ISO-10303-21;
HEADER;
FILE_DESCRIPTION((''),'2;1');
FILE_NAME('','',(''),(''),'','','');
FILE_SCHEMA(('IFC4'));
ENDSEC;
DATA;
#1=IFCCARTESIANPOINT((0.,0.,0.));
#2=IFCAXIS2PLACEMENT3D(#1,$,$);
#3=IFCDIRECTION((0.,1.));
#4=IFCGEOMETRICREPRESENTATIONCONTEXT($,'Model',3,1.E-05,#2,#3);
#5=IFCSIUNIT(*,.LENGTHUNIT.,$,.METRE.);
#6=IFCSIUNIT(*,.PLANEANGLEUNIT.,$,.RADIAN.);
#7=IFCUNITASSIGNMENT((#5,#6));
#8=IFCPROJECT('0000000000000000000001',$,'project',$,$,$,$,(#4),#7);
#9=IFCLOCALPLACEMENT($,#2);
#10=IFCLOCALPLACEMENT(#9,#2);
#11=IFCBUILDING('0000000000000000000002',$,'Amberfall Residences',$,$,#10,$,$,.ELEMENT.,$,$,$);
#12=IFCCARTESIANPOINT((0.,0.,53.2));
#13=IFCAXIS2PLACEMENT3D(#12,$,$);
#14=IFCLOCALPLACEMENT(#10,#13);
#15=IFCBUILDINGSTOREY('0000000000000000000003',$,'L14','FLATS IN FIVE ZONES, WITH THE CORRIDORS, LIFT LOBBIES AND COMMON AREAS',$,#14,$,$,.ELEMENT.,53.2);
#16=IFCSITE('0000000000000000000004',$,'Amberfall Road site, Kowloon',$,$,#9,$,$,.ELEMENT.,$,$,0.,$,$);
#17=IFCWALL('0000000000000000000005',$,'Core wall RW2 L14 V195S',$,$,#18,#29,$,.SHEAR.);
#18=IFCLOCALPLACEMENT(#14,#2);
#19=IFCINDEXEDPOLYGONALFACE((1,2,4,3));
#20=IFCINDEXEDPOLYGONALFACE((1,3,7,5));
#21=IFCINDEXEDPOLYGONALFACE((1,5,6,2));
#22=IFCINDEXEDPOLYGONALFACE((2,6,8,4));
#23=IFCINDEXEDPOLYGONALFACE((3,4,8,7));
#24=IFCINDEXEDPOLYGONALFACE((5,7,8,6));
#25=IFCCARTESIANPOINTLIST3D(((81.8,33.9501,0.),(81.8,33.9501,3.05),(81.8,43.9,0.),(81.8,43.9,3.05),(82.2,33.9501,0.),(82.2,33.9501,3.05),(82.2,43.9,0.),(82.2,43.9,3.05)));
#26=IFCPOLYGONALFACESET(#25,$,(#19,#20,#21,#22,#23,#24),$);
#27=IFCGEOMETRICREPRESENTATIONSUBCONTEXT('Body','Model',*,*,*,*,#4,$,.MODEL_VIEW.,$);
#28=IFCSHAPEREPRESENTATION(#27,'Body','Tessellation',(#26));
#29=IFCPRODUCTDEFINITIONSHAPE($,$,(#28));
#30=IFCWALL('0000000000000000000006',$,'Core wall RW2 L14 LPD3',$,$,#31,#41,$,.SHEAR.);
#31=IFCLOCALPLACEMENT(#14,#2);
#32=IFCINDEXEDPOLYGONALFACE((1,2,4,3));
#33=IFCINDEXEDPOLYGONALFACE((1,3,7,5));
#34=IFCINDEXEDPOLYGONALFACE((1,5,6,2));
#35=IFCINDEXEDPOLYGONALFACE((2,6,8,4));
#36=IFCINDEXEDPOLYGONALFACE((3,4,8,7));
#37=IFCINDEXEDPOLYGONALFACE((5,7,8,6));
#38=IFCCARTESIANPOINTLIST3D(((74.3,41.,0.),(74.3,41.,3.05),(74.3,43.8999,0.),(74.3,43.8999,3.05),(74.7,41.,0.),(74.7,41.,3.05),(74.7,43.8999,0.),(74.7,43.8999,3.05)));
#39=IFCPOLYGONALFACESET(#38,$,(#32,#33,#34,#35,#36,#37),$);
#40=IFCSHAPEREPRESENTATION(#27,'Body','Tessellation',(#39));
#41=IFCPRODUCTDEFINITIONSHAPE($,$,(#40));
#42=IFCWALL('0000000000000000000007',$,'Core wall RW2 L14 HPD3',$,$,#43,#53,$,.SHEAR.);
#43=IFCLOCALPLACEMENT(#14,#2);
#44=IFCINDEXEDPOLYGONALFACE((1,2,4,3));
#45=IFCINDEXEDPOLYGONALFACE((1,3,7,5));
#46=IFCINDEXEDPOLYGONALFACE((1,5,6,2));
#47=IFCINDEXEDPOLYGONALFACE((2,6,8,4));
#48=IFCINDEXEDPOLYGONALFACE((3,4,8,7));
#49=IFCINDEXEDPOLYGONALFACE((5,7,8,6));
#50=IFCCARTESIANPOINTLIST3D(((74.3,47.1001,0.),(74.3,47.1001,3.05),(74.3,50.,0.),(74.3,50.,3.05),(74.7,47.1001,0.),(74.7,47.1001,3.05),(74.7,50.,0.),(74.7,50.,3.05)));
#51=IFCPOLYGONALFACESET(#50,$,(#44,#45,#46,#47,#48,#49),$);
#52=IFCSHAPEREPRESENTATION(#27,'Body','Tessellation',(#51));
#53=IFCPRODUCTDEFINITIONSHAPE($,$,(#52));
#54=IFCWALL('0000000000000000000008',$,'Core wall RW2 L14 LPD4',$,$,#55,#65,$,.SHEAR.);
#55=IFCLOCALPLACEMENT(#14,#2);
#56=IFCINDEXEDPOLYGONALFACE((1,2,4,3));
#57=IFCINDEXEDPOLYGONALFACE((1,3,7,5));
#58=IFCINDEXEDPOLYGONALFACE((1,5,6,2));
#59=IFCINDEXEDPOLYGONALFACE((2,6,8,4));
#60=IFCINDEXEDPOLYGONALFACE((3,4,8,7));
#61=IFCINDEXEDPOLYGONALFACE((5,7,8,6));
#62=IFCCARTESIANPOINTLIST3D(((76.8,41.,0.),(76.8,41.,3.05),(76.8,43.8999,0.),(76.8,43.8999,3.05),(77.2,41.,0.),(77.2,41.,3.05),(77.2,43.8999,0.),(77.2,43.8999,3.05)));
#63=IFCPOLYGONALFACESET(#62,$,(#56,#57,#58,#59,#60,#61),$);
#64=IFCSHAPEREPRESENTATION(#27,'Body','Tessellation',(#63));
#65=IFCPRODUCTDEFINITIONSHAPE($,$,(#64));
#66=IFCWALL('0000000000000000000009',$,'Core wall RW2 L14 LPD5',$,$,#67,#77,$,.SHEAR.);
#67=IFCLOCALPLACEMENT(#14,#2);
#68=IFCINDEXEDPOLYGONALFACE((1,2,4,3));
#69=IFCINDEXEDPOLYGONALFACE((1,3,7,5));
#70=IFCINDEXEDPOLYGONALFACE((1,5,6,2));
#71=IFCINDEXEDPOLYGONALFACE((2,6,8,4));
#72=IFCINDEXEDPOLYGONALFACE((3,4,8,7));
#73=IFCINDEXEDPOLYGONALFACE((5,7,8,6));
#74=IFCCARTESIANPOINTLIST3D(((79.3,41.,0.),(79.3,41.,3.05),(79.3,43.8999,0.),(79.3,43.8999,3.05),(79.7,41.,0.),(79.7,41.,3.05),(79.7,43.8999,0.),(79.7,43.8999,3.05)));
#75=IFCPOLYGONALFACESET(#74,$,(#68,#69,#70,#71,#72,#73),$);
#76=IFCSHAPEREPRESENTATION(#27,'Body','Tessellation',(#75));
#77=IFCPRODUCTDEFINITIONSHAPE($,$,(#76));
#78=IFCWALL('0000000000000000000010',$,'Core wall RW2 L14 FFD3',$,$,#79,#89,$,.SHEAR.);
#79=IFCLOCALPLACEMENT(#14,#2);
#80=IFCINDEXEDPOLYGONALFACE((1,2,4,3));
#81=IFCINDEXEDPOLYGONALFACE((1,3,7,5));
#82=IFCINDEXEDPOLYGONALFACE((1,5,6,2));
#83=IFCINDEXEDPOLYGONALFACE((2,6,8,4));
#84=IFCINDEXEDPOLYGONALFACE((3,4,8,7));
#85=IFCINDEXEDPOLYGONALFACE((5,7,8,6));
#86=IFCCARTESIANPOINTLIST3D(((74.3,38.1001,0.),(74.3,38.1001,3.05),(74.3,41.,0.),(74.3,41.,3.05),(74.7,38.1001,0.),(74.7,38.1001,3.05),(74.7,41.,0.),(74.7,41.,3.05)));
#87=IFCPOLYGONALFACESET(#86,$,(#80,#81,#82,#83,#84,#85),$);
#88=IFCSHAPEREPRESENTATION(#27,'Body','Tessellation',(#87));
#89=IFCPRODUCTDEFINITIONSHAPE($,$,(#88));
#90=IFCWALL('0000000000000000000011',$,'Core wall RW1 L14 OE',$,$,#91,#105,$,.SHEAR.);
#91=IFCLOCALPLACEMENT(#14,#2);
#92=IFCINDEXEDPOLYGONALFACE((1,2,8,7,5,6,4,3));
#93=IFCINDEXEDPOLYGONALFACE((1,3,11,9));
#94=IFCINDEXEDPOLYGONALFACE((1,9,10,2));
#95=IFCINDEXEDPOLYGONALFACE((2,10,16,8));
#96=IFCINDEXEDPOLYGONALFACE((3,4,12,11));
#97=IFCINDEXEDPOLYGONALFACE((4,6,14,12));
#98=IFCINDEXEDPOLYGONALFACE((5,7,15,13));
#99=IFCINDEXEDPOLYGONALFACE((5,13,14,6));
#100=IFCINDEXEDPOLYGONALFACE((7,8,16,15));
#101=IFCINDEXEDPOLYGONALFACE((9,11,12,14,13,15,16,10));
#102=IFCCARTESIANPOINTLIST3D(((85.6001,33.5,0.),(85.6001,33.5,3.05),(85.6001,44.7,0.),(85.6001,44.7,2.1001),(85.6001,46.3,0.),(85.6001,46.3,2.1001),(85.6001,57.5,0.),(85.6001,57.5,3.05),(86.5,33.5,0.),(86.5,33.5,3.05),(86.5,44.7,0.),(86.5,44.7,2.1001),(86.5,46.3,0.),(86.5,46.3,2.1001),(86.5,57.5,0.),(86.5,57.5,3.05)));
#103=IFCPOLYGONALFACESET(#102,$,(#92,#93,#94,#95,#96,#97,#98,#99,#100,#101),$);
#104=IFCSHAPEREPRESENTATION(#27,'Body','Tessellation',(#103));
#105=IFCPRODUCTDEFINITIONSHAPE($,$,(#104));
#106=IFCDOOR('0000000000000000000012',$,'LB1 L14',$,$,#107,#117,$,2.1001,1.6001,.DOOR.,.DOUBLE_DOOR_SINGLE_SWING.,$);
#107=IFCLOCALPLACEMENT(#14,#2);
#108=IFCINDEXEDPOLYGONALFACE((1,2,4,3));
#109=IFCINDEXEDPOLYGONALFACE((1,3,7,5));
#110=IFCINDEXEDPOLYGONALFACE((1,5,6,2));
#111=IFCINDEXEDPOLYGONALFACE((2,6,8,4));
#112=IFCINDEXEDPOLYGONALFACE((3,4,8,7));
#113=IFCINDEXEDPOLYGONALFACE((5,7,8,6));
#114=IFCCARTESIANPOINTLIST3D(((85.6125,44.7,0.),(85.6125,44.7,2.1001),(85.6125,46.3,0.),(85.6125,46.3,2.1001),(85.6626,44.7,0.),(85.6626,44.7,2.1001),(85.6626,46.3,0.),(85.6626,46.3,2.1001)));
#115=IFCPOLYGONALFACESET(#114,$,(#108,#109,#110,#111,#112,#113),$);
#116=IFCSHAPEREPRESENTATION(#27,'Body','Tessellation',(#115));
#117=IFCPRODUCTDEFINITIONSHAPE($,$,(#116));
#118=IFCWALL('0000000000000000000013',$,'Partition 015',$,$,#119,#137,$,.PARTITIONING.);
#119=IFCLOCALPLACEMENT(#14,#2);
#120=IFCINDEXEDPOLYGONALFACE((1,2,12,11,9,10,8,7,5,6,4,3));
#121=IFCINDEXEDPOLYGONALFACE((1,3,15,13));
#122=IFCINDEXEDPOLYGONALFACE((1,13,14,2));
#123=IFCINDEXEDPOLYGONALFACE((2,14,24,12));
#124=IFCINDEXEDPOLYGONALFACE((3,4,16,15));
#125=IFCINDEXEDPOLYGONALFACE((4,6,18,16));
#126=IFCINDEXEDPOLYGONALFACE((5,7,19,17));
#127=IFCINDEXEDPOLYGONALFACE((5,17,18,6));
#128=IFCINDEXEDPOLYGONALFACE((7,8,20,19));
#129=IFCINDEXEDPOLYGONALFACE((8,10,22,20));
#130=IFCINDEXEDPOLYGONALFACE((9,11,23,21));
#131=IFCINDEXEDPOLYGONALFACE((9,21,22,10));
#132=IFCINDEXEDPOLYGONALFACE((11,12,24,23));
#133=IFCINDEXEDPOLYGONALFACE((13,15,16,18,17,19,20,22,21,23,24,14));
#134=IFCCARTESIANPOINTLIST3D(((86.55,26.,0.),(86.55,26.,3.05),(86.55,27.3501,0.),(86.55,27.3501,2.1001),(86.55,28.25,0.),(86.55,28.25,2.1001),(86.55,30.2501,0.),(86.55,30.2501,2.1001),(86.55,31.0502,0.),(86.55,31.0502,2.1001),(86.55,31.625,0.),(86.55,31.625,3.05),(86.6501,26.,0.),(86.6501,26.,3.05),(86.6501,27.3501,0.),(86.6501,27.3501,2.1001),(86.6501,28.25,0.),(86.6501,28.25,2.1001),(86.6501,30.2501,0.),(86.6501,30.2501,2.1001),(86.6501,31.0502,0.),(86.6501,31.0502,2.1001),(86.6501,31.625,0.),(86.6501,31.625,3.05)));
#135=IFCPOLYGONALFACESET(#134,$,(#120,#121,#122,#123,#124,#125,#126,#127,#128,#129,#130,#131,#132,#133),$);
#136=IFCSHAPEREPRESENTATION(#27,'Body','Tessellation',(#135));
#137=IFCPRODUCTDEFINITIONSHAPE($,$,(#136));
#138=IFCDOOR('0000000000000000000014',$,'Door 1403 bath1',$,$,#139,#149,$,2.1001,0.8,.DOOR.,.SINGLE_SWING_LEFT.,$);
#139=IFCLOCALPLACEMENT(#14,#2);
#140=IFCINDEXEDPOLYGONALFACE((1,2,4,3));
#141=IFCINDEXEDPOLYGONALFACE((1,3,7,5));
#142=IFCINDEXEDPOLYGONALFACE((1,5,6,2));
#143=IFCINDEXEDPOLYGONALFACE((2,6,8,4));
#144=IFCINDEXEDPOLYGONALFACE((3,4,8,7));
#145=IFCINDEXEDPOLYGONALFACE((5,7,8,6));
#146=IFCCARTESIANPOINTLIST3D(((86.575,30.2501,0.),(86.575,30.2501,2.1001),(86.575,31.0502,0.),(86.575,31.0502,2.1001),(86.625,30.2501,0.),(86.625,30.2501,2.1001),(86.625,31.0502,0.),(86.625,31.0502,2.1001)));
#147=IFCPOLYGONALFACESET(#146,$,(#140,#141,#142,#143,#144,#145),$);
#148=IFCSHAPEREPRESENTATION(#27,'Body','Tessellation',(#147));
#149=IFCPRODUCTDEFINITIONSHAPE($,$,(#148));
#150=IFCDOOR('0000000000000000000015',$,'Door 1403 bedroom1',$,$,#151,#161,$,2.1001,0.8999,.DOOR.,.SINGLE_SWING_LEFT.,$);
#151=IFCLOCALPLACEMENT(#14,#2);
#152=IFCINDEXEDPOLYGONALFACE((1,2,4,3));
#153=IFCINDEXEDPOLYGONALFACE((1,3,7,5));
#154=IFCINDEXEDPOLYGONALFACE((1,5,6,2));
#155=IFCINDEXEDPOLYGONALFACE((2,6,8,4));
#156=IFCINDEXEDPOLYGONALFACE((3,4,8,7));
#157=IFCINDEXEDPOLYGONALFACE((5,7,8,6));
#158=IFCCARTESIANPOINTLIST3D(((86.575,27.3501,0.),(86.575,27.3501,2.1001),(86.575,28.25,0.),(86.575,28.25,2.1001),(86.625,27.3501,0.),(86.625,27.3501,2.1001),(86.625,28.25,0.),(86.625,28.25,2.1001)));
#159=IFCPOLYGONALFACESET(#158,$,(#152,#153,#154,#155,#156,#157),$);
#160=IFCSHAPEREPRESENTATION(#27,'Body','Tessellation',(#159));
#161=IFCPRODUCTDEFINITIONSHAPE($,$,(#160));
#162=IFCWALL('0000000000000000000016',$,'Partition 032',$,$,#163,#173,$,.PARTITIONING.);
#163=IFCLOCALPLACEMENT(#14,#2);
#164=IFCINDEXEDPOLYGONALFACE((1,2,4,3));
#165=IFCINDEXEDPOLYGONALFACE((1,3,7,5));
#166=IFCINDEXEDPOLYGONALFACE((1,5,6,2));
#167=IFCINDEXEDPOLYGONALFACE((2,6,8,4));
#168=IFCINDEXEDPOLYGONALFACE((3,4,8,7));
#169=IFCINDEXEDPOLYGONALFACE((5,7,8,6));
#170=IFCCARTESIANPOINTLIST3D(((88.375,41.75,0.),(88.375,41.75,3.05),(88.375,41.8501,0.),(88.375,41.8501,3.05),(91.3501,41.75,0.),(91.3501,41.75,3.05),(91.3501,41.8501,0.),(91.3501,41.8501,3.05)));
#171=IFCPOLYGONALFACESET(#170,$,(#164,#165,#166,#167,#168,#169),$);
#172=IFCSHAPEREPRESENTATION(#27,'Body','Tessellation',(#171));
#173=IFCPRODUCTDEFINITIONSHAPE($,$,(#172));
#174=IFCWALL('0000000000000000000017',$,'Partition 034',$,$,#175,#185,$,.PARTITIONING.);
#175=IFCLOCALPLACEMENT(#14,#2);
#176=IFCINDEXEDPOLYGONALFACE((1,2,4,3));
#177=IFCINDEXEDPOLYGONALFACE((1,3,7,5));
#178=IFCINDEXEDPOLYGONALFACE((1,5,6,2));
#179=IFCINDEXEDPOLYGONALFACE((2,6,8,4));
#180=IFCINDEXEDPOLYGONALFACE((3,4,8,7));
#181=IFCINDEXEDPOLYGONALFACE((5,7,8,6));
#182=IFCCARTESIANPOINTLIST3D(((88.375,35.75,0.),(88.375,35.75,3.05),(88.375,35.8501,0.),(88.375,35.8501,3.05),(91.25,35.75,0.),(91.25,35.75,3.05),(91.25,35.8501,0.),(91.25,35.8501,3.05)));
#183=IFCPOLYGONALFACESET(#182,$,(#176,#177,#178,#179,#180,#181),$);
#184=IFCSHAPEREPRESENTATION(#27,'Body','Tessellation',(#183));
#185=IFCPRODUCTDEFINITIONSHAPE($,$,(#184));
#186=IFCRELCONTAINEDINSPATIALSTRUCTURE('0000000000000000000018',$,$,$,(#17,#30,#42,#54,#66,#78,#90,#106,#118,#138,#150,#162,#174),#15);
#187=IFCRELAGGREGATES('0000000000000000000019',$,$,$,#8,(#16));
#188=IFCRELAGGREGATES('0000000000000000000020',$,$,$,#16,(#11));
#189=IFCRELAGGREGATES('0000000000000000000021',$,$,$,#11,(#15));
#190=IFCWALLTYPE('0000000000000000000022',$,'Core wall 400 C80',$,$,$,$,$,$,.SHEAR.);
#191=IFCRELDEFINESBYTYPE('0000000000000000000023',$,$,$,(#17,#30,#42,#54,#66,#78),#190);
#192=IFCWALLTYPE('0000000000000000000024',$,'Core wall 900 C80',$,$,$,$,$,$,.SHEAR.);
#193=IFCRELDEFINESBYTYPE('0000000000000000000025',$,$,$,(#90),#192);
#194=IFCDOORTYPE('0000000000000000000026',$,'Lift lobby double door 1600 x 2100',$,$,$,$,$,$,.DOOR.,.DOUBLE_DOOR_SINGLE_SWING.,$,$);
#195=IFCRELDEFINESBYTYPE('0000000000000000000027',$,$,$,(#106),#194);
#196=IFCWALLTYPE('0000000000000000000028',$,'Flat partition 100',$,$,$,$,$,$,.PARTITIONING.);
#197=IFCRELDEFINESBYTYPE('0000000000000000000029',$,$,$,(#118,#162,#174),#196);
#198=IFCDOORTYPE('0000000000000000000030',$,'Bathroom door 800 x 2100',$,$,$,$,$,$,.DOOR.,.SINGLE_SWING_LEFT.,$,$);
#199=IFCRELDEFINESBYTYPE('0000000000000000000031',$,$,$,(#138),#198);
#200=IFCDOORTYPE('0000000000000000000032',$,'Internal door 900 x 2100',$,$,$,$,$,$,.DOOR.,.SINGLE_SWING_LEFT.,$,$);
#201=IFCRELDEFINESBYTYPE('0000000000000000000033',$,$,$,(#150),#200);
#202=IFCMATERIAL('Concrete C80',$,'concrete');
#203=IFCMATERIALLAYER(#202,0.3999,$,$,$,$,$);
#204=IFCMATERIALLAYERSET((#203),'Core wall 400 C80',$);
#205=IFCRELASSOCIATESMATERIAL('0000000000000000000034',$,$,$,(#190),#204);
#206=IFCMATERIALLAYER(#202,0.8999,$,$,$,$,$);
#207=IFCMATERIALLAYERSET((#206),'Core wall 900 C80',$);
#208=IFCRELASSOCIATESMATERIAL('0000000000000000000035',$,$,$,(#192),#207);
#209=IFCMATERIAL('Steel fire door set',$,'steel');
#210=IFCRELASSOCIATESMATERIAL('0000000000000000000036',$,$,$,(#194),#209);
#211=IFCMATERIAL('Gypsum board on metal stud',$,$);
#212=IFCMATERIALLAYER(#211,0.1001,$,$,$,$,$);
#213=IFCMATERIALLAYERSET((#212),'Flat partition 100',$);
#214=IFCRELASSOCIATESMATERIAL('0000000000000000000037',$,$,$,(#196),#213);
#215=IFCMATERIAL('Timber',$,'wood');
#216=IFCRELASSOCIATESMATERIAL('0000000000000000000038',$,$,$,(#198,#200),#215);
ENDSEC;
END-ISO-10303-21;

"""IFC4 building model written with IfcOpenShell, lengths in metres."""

from ifc_helpers import new_model, si_unit, direction, frame, frame_2d, origin, place, context, subcontext, project, spatial, rectangle, extrude, material, layer, layer_set, type_object, element, fill, save


model = new_model("IFC4")

# Units and contexts
model_context = context("Model", 3, precision=1e-05, world=origin(), true_north=direction((0.0, 1.0)))
body_context = subcontext(model_context, "Body", "Model", "MODEL_VIEW")
ifc_project = project(units=[si_unit("LENGTHUNIT", "METRE"), si_unit("PLANEANGLEUNIT", "RADIAN")], contexts=[model_context])

# Site, building, storey
site_placement = place(None, origin())
site = spatial("IfcSite", under=ifc_project, at=site_placement, Name="Amberfall Road site, Kowloon", CompositionType="ELEMENT", RefElevation=0.0)
building_placement = place(site_placement, origin())
building = spatial("IfcBuilding", under=site, at=building_placement, Name="Amberfall Residences", CompositionType="ELEMENT")
storey_placement = place(building_placement, frame((0.0, 0.0, 53.2)))
storey = spatial("IfcBuildingStorey", under=building, at=storey_placement, Name="L14", Description="FLATS IN FIVE ZONES, WITH THE CORRIDORS, LIFT LOBBIES AND COMMON AREAS", CompositionType="ELEMENT", Elevation=53.2)

# Walls
ifc_material_1 = material(Name="Concrete C80", Category="concrete")
ifc_layer_1 = layer(ifc_material_1, 0.3999)
ifc_layer_set_1 = layer_set([ifc_layer_1], Name="Core wall 400 C80")
wall_type_1 = type_object("IfcWallType", Name="Core wall 400 C80", PredefinedType="SHEAR", material=ifc_layer_set_1)
wall_1_placement = place(storey_placement, frame((82.0, 33.95, 0.0), z_axis=(0.0, 0.0, 1.0), x_axis=(0.0, 1.0, 0.0)))
element("IfcWall", 1, at=wall_1_placement, inside=storey, type_object=wall_type_1, Name="Core wall RW2 L14 V195S", PredefinedType="SHEAR", context=body_context, shape_type="SweptSolid", body=[
    extrude(rectangle(XDim=9.95, YDim=0.3999, at=frame_2d((4.9751, 0.0))), origin(), (0.0, 0.0, 1.0), 3.05),
])
for number, where, z_axis, x_axis, name in (
    (2, (74.5, 41.0, 0.0), (0.0, 0.0, 1.0), (0.0, 1.0, 0.0), "Core wall RW2 L14 LPD3"),
    (3, (74.5, 47.1001, 0.0), (0.0, 0.0, 1.0), (0.0, 1.0, 0.0), "Core wall RW2 L14 HPD3"),
    (4, (77.0, 41.0, 0.0), (0.0, 0.0, 1.0), (0.0, 1.0, 0.0), "Core wall RW2 L14 LPD4"),
    (5, (79.5, 41.0, 0.0), (0.0, 0.0, 1.0), (0.0, 1.0, 0.0), "Core wall RW2 L14 LPD5"),
    (6, (74.5, 38.1001, 0.0), (0.0, 0.0, 1.0), (0.0, 1.0, 0.0), "Core wall RW2 L14 FFD3"),
):
    element("IfcWall", number, at=place(storey_placement, frame(where, z_axis=z_axis, x_axis=x_axis)), inside=storey, type_object=wall_type_1, Name=name, PredefinedType="SHEAR", context=body_context, shape_type="SweptSolid", body=[
        extrude(rectangle(XDim=2.8999, YDim=0.3999, at=frame_2d((1.45, 0.0))), origin(), (0.0, 0.0, 1.0), 3.05),
    ])

# Wall, opening, door
ifc_layer_2 = layer(ifc_material_1, 0.8999)
ifc_layer_set_2 = layer_set([ifc_layer_2], Name="Core wall 900 C80")
wall_type_2 = type_object("IfcWallType", Name="Core wall 900 C80", PredefinedType="SHEAR", material=ifc_layer_set_2)
wall_2_placement = place(storey_placement, frame((86.05, 33.5, 0.0), z_axis=(0.0, 0.0, 1.0), x_axis=(0.0, 1.0, 0.0)))
wall_2 = element("IfcWall", 7, at=wall_2_placement, inside=storey, type_object=wall_type_2, Name="Core wall RW1 L14 OE", PredefinedType="SHEAR", context=body_context, shape_type="SweptSolid", body=[
    extrude(rectangle(XDim=24.0, YDim=0.8999, at=frame_2d((12.0, 0.0))), origin(), (0.0, 0.0, 1.0), 3.05),
])
opening_1_placement = place(wall_2_placement, frame((11.2, 0.0, 0.0)))
opening_1 = element("IfcOpeningElement", 8, at=opening_1_placement, cuts=wall_2, PredefinedType="OPENING", context=body_context, shape_type="SweptSolid", body=[
    extrude(rectangle(XDim=1.6001, YDim=2.1001, at=frame_2d((0.8, 1.05))), frame((0.0, 0.46, 0.0), z_axis=(0.0, -1.0, 0.0), x_axis=(1.0, 0.0, 0.0)), (0.0, 0.0, 1.0), 0.9199),
])
ifc_material_2 = material(Name="Steel fire door set", Category="steel")
door_type_1 = type_object("IfcDoorType", Name="Lift lobby double door 1600 x 2100", OperationType="DOUBLE_DOOR_SINGLE_SWING", PredefinedType="DOOR", material=ifc_material_2)
door_1_placement = place(opening_1_placement, origin())
door_1 = element("IfcDoor", 9, at=door_1_placement, inside=storey, type_object=door_type_1, Name="LB1 L14", OperationType="DOUBLE_DOOR_SINGLE_SWING", OverallHeight=2.1001, OverallWidth=1.6001, PredefinedType="DOOR", context=body_context, shape_type="SweptSolid", body=[
    extrude(rectangle(XDim=1.6001, YDim=2.1001, at=frame_2d((0.8, 1.05))), frame((0.0, 0.4375, 0.0), z_axis=(0.0, -1.0, 0.0), x_axis=(1.0, 0.0, 0.0)), (0.0, 0.0, 1.0), 0.05),
])
fill(opening_1, door_1)

# Wall, openings, doors
ifc_material_3 = material(Name="Gypsum board on metal stud")
ifc_layer_3 = layer(ifc_material_3, 0.1001)
ifc_layer_set_3 = layer_set([ifc_layer_3], Name="Flat partition 100")
wall_type_3 = type_object("IfcWallType", Name="Flat partition 100", PredefinedType="PARTITIONING", material=ifc_layer_set_3)
wall_3_placement = place(storey_placement, frame((86.6001, 31.625, 0.0), z_axis=(0.0, 0.0, 1.0), x_axis=(0.0, -1.0, 0.0)))
wall_3 = element("IfcWall", 10, at=wall_3_placement, inside=storey, type_object=wall_type_3, Name="Partition 015", PredefinedType="PARTITIONING", context=body_context, shape_type="SweptSolid", body=[
    extrude(rectangle(XDim=5.625, YDim=0.1001, at=frame_2d((2.8125, 0.0))), origin(), (0.0, 0.0, 1.0), 3.05),
])
opening_2_placement = place(wall_3_placement, frame((3.375, 0.0, 0.0)))
opening_2 = element("IfcOpeningElement", 11, at=opening_2_placement, cuts=wall_3, PredefinedType="OPENING", context=body_context, shape_type="SweptSolid", body=[
    extrude(rectangle(XDim=0.8999, YDim=2.1001, at=frame_2d((0.45, 1.05))), frame((0.0, 0.0601, 0.0), z_axis=(0.0, -1.0, 0.0), x_axis=(1.0, 0.0, 0.0)), (0.0, 0.0, 1.0), 0.1201),
])
opening_3_placement = place(wall_3_placement, frame((0.575, 0.0, 0.0)))
opening_3 = element("IfcOpeningElement", 12, at=opening_3_placement, cuts=wall_3, PredefinedType="OPENING", context=body_context, shape_type="SweptSolid", body=[
    extrude(rectangle(XDim=0.8, YDim=2.1001, at=frame_2d((0.3999, 1.05))), frame((0.0, 0.0601, 0.0), z_axis=(0.0, -1.0, 0.0), x_axis=(1.0, 0.0, 0.0)), (0.0, 0.0, 1.0), 0.1201),
])
ifc_material_4 = material(Name="Timber", Category="wood")
door_type_2 = type_object("IfcDoorType", Name="Bathroom door 800 x 2100", OperationType="SINGLE_SWING_LEFT", PredefinedType="DOOR", material=ifc_material_4)
door_2_placement = place(opening_3_placement, origin())
door_2 = element("IfcDoor", 13, at=door_2_placement, inside=storey, type_object=door_type_2, Name="Door 1403 bath1", OperationType="SINGLE_SWING_LEFT", OverallHeight=2.1001, OverallWidth=0.8, PredefinedType="DOOR", context=body_context, shape_type="SweptSolid", body=[
    extrude(rectangle(XDim=0.8, YDim=2.1001, at=frame_2d((0.3999, 1.05))), frame((0.0, 0.0249, 0.0), z_axis=(0.0, -1.0, 0.0), x_axis=(1.0, 0.0, 0.0)), (0.0, 0.0, 1.0), 0.05),
])
fill(opening_3, door_2)
door_type_3 = type_object("IfcDoorType", Name="Internal door 900 x 2100", OperationType="SINGLE_SWING_LEFT", PredefinedType="DOOR", material=ifc_material_4)
door_3_placement = place(opening_2_placement, origin())
door_3 = element("IfcDoor", 14, at=door_3_placement, inside=storey, type_object=door_type_3, Name="Door 1403 bedroom1", OperationType="SINGLE_SWING_LEFT", OverallHeight=2.1001, OverallWidth=0.8999, PredefinedType="DOOR", context=body_context, shape_type="SweptSolid", body=[
    extrude(rectangle(XDim=0.8999, YDim=2.1001, at=frame_2d((0.45, 1.05))), frame((0.0, 0.0249, 0.0), z_axis=(0.0, -1.0, 0.0), x_axis=(1.0, 0.0, 0.0)), (0.0, 0.0, 1.0), 0.05),
])
fill(opening_2, door_3)

# Walls
wall_4_placement = place(storey_placement, frame((88.375, 41.8, 0.0), z_axis=(0.0, 0.0, 1.0), x_axis=(1.0, 0.0, 0.0)))
element("IfcWall", 15, at=wall_4_placement, inside=storey, type_object=wall_type_3, Name="Partition 032", PredefinedType="PARTITIONING", context=body_context, shape_type="SweptSolid", body=[
    extrude(rectangle(XDim=2.9751, YDim=0.1001, at=frame_2d((1.4875, 0.0))), origin(), (0.0, 0.0, 1.0), 3.05),
])
wall_5_placement = place(storey_placement, frame((88.375, 35.8, 0.0), z_axis=(0.0, 0.0, 1.0), x_axis=(1.0, 0.0, 0.0)))
element("IfcWall", 16, at=wall_5_placement, inside=storey, type_object=wall_type_3, Name="Partition 034", PredefinedType="PARTITIONING", context=body_context, shape_type="SweptSolid", body=[
    extrude(rectangle(XDim=2.875, YDim=0.1001, at=frame_2d((1.4375, 0.0))), origin(), (0.0, 0.0, 1.0), 3.05),
])

save(model, "model.ifc")
